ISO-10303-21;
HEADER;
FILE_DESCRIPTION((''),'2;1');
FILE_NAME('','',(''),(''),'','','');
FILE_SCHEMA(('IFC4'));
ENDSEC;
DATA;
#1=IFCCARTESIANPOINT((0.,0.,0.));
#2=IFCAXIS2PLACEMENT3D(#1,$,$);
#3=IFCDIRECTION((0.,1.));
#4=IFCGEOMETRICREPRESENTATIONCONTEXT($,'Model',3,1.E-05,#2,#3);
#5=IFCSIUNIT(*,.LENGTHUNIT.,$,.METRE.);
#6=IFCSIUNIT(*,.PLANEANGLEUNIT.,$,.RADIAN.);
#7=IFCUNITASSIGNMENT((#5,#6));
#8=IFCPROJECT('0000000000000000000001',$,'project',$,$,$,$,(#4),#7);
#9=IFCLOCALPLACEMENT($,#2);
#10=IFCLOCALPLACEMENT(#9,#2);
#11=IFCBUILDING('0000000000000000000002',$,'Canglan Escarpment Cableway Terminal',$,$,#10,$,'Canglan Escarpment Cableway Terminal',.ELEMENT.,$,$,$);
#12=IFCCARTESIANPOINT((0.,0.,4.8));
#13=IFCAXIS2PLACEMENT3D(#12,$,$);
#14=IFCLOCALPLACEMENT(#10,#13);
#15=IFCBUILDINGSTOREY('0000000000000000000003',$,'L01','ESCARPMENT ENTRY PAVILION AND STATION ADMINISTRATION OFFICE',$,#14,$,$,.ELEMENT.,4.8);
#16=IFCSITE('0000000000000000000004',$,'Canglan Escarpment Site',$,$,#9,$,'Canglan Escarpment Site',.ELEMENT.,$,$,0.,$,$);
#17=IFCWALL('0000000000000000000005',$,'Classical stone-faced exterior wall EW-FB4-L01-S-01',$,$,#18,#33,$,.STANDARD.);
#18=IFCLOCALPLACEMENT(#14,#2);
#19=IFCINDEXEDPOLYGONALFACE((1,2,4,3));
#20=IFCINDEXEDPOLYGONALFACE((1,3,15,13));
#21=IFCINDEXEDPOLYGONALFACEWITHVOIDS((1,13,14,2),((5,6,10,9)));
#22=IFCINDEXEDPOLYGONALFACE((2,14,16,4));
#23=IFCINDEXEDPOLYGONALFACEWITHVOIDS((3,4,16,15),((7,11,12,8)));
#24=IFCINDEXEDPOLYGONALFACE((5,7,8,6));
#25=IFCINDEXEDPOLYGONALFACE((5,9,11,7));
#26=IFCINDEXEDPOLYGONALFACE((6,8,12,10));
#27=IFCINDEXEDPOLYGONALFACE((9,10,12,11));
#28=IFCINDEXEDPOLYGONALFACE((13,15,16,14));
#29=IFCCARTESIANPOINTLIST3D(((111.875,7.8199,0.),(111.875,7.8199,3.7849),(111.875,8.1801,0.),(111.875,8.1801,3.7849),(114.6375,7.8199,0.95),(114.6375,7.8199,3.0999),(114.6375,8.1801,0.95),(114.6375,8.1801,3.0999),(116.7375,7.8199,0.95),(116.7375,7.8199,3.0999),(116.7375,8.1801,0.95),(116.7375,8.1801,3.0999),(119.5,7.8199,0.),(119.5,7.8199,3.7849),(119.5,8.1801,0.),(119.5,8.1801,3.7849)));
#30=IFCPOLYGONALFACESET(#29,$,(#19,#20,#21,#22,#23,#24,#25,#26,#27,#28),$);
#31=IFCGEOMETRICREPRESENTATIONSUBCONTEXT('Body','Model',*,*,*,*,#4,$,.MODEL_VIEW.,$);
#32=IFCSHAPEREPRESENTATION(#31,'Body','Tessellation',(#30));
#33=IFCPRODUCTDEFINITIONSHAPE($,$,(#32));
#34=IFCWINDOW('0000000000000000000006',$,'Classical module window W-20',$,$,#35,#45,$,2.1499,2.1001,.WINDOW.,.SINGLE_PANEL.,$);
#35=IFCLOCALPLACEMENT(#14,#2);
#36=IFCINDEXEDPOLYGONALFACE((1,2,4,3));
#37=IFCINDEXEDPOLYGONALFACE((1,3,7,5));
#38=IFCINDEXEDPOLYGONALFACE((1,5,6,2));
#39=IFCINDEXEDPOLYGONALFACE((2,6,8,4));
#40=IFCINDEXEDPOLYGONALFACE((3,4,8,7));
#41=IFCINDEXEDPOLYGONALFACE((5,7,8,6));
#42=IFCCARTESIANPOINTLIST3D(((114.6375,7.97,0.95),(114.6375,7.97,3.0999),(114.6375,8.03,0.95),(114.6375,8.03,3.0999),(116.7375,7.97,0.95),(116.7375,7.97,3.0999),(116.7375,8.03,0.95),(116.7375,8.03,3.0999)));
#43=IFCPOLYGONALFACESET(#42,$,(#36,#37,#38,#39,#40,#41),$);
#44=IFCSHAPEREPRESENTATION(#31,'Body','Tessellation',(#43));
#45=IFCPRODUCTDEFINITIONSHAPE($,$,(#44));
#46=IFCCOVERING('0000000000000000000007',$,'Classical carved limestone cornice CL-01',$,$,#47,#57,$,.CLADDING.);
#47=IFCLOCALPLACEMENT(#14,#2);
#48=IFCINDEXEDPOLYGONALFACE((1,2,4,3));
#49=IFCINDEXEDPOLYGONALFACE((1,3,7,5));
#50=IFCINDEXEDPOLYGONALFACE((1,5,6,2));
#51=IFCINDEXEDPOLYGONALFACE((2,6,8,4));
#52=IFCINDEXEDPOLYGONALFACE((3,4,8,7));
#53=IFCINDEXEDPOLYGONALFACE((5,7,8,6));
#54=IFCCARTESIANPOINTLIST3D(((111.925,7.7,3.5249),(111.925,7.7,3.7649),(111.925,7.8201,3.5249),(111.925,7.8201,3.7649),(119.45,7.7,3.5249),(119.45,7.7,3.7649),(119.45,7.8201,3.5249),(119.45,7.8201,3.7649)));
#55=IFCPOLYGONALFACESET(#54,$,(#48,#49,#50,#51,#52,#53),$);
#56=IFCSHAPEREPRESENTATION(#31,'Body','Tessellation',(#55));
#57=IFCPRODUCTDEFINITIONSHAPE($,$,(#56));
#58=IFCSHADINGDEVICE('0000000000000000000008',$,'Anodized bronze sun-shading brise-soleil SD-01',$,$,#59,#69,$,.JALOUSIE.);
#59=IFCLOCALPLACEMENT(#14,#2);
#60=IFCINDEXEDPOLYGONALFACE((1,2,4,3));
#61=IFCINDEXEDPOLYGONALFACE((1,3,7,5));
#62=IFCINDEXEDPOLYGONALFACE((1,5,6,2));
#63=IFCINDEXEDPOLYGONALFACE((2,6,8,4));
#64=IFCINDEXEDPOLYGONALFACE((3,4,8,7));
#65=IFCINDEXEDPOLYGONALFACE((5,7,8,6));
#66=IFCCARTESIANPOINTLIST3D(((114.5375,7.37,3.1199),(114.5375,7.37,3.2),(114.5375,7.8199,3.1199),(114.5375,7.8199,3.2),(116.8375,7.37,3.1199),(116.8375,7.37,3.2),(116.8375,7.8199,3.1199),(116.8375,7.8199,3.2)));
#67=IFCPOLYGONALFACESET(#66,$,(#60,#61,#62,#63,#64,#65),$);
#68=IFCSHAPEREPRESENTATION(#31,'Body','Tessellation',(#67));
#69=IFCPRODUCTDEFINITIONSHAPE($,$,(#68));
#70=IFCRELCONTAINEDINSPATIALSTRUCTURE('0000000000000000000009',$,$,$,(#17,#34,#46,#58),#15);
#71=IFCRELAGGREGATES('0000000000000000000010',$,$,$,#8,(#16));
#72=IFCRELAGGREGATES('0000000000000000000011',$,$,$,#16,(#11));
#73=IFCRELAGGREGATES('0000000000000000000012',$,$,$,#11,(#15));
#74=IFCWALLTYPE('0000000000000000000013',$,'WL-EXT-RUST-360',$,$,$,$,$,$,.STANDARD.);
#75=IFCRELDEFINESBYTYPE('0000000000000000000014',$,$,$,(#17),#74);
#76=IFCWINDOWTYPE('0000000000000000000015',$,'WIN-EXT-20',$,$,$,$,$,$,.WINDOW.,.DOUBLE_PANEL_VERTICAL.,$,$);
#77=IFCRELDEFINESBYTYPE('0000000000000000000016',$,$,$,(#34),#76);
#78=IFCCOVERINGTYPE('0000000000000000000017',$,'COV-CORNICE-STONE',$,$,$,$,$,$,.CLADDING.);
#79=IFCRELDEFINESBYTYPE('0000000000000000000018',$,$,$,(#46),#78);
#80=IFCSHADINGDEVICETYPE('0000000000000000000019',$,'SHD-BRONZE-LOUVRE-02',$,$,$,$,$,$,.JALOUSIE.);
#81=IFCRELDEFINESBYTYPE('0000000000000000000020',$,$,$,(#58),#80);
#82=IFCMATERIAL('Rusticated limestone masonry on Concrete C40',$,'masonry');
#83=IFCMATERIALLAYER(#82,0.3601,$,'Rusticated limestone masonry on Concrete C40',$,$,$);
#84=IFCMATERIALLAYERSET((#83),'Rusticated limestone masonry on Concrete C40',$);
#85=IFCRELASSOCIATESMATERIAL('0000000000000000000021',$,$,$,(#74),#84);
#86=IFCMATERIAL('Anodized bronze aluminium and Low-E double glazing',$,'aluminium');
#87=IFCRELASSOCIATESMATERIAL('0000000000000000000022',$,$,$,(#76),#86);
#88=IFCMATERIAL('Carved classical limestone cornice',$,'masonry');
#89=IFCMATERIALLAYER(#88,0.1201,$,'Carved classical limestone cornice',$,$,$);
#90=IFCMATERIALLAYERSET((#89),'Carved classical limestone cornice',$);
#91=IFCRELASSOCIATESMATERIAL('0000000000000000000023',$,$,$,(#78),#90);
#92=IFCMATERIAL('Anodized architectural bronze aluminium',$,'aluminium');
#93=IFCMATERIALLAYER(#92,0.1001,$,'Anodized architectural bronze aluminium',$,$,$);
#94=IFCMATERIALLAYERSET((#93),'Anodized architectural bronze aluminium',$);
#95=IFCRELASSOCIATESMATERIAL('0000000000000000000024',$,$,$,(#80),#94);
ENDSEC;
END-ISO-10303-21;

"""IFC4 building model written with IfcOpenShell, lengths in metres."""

from ifc_helpers import new_model, si_unit, direction, frame, frame_2d, origin, origin_2d, place, context, subcontext, project, spatial, rectangle, extrude, material, layer, layer_set, type_object, element, fill, save


model = new_model("IFC4")

# Units and contexts
model_context = context("Model", 3, precision=1e-05, world=origin(), true_north=direction((0.0, 1.0)))
body_context = subcontext(model_context, "Body", "Model", "MODEL_VIEW")
ifc_project = project(units=[si_unit("LENGTHUNIT", "METRE"), si_unit("PLANEANGLEUNIT", "RADIAN")], contexts=[model_context])

# Site, building, storey
site_placement = place(None, origin())
site = spatial("IfcSite", under=ifc_project, at=site_placement, Name="Canglan Escarpment Site", LongName="Canglan Escarpment Site", CompositionType="ELEMENT", RefElevation=0.0)
building_placement = place(site_placement, origin())
building = spatial("IfcBuilding", under=site, at=building_placement, Name="Canglan Escarpment Cableway Terminal", LongName="Canglan Escarpment Cableway Terminal", CompositionType="ELEMENT")
storey_placement = place(building_placement, frame((0.0, 0.0, 4.8)))
storey = spatial("IfcBuildingStorey", under=building, at=storey_placement, Name="L01", Description="ESCARPMENT ENTRY PAVILION AND STATION ADMINISTRATION OFFICE", CompositionType="ELEMENT", Elevation=4.8)

# Wall, opening, window
ifc_material_1 = material(Name="Rusticated limestone masonry on Concrete C40", Category="masonry")
ifc_layer_1 = layer(ifc_material_1, 0.3601, Name="Rusticated limestone masonry on Concrete C40")
ifc_layer_set_1 = layer_set([ifc_layer_1], Name="Rusticated limestone masonry on Concrete C40")
wall_type_1 = type_object("IfcWallType", Name="WL-EXT-RUST-360", PredefinedType="STANDARD", material=ifc_layer_set_1)
wall_1_placement = place(storey_placement, frame((111.875, 8.0, 0.0), z_axis=(0.0, 0.0, 1.0), x_axis=(1.0, 0.0, 0.0)))
wall_1 = element("IfcWall", 1, at=wall_1_placement, inside=storey, type_object=wall_type_1, Name="Classical stone-faced exterior wall EW-FB4-L01-S-01", PredefinedType="STANDARD", context=body_context, shape_type="SweptSolid", body=[
    extrude(rectangle(XDim=7.625, YDim=0.3601, at=frame_2d((3.8125, 0.0))), origin(), (0.0, 0.0, 1.0), 3.7849),
])
opening_placement = place(wall_1_placement, frame((2.7625, 0.0, 0.95)))
opening = element("IfcOpeningElement", 2, at=opening_placement, cuts=wall_1, PredefinedType="OPENING", context=body_context, shape_type="SweptSolid", body=[
    extrude(rectangle(XDim=2.1001, YDim=2.1499, at=frame_2d((1.05, 1.075))), frame((0.0, 0.1899, 0.0), z_axis=(0.0, -1.0, 0.0), x_axis=(1.0, 0.0, 0.0)), (0.0, 0.0, 1.0), 0.3801),
])
ifc_material_2 = material(Name="Anodized bronze aluminium and Low-E double glazing", Category="aluminium")
window_type = type_object("IfcWindowType", Name="WIN-EXT-20", PartitioningType="DOUBLE_PANEL_VERTICAL", PredefinedType="WINDOW", material=ifc_material_2)
window_placement = place(opening_placement, origin())
window = element("IfcWindow", 3, at=window_placement, inside=storey, type_object=window_type, Name="Classical module window W-20", OverallHeight=2.1499, OverallWidth=2.1001, PartitioningType="SINGLE_PANEL", PredefinedType="WINDOW", context=body_context, shape_type="SweptSolid", body=[
    extrude(rectangle(XDim=2.1001, YDim=2.1499, at=frame_2d((1.05, 1.075))), frame((0.0, 0.03, 0.0), z_axis=(0.0, -1.0, 0.0), x_axis=(1.0, 0.0, 0.0)), (0.0, 0.0, 1.0), 0.0601),
])
fill(opening, window)

# Covering
ifc_material_3 = material(Name="Carved classical limestone cornice", Category="masonry")
ifc_layer_2 = layer(ifc_material_3, 0.1201, Name="Carved classical limestone cornice")
ifc_layer_set_2 = layer_set([ifc_layer_2], Name="Carved classical limestone cornice")
covering_type = type_object("IfcCoveringType", Name="COV-CORNICE-STONE", PredefinedType="CLADDING", material=ifc_layer_set_2)
covering_placement = place(storey_placement, frame((115.6875, 7.76, 3.5249), z_axis=(0.0, 0.0, 1.0), x_axis=(1.0, 0.0, 0.0)))
element("IfcCovering", 4, at=covering_placement, inside=storey, type_object=covering_type, Name="Classical carved limestone cornice CL-01", PredefinedType="CLADDING", context=body_context, shape_type="SweptSolid", body=[
    extrude(rectangle(XDim=7.5249, YDim=0.1201, at=origin_2d()), origin(), (0.0, 0.0, 1.0), 0.24),
])

# Shading device
ifc_material_4 = material(Name="Anodized architectural bronze aluminium", Category="aluminium")
ifc_layer_3 = layer(ifc_material_4, 0.1001, Name="Anodized architectural bronze aluminium")
ifc_layer_set_3 = layer_set([ifc_layer_3], Name="Anodized architectural bronze aluminium")
shading_device_type = type_object("IfcShadingDeviceType", Name="SHD-BRONZE-LOUVRE-02", PredefinedType="JALOUSIE", material=ifc_layer_set_3)
shading_device_placement = place(storey_placement, frame((115.6875, 7.595, 3.1199), z_axis=(0.0, 0.0, 1.0), x_axis=(1.0, 0.0, 0.0)))
element("IfcShadingDevice", 5, at=shading_device_placement, inside=storey, type_object=shading_device_type, Name="Anodized bronze sun-shading brise-soleil SD-01", PredefinedType="JALOUSIE", context=body_context, shape_type="SweptSolid", body=[
    extrude(rectangle(XDim=2.3, YDim=0.45, at=origin_2d()), origin(), (0.0, 0.0, 1.0), 0.0801),
])

save(model, "model.ifc")
